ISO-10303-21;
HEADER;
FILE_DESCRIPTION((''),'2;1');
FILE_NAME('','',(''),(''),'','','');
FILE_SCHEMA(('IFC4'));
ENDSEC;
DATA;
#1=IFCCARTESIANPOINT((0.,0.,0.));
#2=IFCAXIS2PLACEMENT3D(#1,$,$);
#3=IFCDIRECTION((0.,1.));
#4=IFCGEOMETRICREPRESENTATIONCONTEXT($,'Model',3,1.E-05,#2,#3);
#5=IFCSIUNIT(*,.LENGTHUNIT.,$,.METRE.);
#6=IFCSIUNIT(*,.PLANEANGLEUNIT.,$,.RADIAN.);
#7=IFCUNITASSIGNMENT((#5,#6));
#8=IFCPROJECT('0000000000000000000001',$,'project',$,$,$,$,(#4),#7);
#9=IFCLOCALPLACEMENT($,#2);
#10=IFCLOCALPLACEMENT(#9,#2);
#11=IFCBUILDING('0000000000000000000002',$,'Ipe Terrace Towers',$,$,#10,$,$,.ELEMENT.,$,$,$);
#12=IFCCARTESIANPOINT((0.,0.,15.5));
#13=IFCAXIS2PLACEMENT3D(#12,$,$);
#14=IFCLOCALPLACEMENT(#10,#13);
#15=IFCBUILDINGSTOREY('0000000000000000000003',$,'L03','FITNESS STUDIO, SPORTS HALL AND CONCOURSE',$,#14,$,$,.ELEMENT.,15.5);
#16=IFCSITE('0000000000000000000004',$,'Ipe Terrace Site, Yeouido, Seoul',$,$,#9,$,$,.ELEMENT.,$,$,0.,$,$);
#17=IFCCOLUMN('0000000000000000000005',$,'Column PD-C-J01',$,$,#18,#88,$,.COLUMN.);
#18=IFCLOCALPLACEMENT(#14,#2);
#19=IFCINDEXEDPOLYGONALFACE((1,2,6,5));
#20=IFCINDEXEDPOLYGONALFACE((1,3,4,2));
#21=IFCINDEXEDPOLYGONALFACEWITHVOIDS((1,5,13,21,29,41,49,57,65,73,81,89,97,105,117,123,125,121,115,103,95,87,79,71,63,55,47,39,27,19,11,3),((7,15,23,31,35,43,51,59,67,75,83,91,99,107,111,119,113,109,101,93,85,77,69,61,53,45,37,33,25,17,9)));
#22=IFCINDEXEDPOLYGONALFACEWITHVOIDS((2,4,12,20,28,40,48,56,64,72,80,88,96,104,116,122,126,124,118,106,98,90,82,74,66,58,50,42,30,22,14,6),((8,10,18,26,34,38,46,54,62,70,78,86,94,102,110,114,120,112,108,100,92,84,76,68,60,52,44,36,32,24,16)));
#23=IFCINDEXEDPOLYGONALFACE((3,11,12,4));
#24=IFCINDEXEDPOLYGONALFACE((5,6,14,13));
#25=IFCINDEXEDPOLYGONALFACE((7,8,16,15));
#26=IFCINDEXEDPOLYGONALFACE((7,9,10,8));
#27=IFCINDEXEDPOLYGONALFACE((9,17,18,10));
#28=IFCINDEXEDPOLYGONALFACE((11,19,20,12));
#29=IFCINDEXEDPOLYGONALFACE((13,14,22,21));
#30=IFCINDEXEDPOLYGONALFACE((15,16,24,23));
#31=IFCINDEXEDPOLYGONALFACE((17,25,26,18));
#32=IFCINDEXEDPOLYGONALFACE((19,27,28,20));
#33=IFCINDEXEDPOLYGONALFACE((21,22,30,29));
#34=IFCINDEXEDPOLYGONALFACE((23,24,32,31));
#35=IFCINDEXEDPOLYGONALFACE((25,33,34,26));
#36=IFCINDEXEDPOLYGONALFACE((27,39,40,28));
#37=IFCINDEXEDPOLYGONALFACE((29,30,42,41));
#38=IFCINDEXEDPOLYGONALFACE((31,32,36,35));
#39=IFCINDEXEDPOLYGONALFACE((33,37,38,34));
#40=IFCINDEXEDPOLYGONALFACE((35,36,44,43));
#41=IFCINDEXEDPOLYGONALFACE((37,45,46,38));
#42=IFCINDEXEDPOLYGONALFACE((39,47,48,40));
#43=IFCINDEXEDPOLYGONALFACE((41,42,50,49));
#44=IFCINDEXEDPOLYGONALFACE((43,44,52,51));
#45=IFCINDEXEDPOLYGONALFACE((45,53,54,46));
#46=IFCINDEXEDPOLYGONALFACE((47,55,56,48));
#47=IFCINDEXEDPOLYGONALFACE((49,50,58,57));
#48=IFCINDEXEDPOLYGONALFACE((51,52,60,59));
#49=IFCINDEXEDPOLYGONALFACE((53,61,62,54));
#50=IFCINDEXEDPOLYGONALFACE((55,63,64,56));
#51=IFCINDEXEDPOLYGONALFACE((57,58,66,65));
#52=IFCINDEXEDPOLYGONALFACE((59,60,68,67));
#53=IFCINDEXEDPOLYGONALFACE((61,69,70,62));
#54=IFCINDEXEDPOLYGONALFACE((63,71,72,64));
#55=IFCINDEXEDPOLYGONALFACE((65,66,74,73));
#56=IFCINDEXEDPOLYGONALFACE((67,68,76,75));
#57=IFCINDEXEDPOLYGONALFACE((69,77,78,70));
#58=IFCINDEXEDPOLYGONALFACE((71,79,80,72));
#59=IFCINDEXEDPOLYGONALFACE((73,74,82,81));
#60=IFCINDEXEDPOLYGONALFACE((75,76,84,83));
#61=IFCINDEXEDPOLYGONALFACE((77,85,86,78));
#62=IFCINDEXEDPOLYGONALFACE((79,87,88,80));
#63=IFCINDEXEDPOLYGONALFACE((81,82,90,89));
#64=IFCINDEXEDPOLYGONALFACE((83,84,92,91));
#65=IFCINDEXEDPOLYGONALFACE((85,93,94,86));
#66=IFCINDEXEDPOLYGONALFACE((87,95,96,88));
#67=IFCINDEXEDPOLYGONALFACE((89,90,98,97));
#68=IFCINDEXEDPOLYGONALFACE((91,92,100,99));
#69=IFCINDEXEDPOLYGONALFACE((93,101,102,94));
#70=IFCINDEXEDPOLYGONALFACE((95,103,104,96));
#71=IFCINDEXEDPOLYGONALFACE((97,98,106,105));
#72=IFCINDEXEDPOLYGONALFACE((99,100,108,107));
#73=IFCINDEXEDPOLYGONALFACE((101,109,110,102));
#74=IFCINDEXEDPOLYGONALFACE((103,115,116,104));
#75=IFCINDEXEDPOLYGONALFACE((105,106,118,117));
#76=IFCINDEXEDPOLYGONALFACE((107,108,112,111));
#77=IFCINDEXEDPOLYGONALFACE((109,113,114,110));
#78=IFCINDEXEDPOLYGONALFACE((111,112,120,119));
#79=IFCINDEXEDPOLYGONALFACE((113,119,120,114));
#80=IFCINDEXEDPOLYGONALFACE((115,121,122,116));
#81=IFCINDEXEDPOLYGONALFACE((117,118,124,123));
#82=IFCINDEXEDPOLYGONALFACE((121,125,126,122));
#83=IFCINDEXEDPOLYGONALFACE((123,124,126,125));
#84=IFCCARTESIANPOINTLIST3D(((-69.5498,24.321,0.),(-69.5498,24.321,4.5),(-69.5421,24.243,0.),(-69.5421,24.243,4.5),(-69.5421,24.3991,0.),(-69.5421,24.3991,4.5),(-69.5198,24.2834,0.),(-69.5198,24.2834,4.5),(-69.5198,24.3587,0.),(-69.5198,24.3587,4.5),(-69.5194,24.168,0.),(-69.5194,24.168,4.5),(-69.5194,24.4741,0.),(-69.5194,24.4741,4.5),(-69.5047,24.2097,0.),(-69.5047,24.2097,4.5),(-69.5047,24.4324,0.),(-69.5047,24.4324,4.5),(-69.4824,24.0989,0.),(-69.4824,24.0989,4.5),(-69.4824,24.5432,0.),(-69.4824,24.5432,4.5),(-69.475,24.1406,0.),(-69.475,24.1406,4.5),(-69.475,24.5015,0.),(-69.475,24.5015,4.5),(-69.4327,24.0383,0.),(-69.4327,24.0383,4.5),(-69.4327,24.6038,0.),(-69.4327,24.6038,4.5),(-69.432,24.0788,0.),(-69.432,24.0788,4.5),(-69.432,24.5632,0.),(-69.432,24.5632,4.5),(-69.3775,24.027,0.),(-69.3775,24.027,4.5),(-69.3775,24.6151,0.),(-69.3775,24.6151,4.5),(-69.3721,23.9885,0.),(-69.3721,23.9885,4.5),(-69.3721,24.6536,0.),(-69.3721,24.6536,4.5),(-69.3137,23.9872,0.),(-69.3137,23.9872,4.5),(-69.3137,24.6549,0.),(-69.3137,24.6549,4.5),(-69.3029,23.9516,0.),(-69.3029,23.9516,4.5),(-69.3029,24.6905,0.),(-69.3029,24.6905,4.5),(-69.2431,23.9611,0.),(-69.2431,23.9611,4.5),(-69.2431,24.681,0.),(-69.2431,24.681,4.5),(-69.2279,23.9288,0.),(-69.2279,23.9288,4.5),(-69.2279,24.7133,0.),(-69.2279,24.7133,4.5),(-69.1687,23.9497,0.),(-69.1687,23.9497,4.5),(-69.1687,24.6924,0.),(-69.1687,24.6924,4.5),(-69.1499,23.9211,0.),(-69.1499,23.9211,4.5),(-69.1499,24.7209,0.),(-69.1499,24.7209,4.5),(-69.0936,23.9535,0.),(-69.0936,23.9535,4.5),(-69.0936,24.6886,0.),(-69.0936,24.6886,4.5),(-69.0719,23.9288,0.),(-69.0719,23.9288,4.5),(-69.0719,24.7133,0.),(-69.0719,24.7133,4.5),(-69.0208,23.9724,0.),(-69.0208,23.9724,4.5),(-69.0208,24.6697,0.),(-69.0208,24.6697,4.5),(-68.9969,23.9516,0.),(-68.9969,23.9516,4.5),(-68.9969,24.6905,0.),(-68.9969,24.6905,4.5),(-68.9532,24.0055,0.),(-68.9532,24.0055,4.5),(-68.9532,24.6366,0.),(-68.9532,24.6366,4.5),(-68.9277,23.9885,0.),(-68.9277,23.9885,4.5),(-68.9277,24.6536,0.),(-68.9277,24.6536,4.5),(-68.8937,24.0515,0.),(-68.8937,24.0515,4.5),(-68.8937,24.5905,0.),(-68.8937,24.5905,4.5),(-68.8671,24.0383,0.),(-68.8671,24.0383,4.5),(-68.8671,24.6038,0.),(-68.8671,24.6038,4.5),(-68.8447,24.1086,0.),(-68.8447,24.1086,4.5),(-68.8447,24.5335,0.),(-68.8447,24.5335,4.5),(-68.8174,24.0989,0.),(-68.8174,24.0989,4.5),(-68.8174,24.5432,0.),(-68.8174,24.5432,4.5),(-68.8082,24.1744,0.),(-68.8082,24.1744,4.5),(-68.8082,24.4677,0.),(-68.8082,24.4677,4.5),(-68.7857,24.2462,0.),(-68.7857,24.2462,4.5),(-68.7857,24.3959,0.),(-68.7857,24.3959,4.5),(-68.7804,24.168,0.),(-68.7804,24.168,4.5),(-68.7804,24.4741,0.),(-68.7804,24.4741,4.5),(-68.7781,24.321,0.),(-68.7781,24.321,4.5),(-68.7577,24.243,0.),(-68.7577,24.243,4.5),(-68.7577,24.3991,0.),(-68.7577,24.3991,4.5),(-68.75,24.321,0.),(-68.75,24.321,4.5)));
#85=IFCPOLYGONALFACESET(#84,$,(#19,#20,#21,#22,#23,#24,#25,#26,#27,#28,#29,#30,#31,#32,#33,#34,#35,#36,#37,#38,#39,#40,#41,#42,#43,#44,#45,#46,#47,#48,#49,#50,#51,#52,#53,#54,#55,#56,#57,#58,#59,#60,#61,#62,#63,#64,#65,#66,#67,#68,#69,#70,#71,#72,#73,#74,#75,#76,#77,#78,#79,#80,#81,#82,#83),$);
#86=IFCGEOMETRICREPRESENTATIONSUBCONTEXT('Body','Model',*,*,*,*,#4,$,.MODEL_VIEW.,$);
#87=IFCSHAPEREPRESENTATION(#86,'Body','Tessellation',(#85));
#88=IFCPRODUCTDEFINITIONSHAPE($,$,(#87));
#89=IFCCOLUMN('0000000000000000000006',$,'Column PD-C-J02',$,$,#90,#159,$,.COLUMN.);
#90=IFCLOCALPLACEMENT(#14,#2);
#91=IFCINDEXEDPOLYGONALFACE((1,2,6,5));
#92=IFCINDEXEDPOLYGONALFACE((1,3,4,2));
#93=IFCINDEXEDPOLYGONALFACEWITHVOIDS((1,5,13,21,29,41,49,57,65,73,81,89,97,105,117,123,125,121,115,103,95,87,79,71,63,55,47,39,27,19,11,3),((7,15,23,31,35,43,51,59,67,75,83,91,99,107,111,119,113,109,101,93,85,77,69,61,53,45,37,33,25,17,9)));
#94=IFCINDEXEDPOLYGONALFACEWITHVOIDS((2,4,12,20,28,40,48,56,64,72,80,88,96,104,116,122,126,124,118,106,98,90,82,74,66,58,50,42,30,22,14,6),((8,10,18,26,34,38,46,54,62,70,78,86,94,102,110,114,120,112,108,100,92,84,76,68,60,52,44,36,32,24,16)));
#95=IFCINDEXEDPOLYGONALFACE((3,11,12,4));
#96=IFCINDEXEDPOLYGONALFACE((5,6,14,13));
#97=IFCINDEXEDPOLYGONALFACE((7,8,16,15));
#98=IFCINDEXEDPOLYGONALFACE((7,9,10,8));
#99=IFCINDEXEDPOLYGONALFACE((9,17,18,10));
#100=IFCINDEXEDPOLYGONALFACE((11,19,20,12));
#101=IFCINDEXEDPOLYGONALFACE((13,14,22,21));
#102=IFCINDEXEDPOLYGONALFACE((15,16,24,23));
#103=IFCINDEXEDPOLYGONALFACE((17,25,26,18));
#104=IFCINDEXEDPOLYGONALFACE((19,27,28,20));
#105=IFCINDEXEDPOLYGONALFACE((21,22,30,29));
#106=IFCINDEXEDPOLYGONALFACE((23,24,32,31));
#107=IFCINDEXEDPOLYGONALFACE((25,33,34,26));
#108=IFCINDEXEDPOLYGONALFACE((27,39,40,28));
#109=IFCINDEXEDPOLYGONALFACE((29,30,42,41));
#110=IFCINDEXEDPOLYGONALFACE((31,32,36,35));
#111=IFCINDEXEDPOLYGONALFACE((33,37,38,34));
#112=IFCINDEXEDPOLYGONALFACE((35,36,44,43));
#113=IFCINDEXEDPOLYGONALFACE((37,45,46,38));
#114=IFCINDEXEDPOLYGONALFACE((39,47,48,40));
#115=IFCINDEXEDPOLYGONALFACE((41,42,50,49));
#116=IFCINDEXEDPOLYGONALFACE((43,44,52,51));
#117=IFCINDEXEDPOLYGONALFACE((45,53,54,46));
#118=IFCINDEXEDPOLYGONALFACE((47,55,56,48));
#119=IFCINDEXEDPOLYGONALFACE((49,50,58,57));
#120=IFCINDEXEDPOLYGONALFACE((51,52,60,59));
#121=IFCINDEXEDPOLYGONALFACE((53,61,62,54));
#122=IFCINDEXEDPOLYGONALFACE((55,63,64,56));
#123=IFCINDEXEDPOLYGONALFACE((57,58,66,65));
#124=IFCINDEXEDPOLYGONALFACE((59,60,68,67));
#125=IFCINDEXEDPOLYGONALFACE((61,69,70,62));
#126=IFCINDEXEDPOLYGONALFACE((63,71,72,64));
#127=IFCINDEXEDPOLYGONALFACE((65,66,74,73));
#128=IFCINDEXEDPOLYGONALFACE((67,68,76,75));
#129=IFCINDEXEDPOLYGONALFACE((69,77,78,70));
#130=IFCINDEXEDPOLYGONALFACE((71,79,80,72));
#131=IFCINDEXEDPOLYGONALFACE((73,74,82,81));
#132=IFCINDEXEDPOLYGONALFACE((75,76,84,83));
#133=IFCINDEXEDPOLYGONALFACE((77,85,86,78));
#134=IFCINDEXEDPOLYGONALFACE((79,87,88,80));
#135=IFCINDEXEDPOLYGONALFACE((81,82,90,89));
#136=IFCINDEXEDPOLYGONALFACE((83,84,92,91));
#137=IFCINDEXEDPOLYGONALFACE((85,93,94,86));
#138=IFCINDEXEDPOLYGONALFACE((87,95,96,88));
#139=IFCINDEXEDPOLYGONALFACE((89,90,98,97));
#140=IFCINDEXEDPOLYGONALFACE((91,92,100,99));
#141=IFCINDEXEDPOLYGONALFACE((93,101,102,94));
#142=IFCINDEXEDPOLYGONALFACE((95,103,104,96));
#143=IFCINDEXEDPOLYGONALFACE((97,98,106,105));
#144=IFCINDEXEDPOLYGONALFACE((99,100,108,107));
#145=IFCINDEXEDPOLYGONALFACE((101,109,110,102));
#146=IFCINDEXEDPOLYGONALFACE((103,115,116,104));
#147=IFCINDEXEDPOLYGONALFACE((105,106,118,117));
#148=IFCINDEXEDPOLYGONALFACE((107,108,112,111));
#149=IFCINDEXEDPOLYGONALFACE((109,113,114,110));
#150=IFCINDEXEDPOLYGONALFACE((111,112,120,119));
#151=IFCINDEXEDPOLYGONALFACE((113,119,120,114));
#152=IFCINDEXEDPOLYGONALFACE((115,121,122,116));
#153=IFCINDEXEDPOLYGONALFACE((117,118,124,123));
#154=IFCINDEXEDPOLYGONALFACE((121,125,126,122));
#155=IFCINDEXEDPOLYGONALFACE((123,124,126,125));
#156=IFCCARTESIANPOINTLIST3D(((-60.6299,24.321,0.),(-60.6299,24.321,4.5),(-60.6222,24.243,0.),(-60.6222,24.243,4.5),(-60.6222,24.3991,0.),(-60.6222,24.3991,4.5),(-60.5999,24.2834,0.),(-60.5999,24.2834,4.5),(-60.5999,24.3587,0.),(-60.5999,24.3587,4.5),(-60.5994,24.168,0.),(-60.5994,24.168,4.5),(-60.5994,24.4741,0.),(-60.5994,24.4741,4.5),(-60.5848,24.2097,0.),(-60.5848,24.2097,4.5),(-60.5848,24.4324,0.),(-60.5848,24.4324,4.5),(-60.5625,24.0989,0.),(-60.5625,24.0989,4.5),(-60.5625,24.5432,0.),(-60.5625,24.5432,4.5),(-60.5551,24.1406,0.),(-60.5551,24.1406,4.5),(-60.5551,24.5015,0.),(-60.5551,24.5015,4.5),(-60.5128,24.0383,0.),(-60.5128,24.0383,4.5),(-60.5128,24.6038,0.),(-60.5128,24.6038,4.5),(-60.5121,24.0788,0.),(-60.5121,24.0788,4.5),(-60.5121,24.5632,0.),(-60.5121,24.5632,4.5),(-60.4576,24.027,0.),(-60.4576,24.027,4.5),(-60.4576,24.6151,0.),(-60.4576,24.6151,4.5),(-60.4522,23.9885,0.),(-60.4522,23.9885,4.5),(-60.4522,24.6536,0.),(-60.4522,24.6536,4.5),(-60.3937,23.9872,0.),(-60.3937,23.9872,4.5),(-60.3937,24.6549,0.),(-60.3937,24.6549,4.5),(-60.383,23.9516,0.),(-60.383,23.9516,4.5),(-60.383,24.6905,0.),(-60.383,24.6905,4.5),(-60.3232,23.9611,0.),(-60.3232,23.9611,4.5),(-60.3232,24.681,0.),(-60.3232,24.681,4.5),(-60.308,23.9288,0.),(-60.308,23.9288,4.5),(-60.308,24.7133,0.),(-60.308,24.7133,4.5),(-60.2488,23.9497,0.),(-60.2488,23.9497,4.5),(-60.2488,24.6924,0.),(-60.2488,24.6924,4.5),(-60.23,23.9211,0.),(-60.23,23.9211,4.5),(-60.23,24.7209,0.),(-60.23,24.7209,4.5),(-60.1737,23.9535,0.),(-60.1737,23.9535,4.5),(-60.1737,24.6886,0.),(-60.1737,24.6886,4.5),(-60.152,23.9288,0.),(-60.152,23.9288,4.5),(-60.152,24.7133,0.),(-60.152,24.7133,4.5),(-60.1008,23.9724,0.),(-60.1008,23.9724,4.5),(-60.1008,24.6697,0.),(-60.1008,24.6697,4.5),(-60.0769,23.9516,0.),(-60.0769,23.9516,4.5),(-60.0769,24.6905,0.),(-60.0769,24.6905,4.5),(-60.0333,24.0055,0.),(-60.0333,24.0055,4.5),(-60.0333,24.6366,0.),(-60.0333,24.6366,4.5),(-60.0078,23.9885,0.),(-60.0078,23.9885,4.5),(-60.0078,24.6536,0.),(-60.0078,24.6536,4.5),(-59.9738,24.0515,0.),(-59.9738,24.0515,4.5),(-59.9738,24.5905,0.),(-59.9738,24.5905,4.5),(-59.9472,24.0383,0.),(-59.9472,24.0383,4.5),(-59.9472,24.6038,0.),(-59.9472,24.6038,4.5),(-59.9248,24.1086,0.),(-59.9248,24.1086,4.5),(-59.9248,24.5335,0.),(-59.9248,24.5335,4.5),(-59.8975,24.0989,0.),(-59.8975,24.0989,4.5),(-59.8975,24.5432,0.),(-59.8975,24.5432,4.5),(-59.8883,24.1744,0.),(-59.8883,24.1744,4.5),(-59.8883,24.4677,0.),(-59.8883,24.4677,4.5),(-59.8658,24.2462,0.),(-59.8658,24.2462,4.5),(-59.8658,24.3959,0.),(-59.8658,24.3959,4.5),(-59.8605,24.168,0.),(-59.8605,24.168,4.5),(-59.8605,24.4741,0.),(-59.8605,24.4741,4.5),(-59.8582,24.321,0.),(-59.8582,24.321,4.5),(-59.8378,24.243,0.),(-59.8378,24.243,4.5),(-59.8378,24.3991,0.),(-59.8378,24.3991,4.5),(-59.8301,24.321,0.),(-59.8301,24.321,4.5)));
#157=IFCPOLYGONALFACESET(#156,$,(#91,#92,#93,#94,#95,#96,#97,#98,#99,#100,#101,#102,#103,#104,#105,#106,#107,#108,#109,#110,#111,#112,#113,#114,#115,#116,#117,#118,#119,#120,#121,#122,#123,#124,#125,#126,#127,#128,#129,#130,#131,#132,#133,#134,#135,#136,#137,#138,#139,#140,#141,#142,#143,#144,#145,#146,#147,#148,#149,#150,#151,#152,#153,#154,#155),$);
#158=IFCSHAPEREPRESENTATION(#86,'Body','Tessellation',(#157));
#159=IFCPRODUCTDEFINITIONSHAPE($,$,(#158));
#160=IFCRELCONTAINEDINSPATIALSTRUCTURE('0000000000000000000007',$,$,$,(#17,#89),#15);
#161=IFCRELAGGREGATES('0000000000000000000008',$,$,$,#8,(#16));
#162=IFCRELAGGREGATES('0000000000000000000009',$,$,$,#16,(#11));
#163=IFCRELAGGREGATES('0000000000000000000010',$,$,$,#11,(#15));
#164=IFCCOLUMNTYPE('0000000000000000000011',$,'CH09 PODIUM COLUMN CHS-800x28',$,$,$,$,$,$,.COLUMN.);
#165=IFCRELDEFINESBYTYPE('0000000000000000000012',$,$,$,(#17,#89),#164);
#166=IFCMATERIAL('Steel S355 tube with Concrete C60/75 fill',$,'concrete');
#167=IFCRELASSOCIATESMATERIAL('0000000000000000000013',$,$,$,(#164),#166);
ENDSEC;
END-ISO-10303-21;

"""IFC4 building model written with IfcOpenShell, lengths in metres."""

from ifc_helpers import new_model, si_unit, direction, frame, origin, origin_2d, place, context, subcontext, project, spatial, hollow_circle, extrude, material, material_profile, profile_set, type_object, element, save


model = new_model("IFC4")

# Units and contexts
model_context = context("Model", 3, precision=1e-05, world=origin(), true_north=direction((0.0, 1.0)))
body_context = subcontext(model_context, "Body", "Model", "MODEL_VIEW")
ifc_project = project(units=[si_unit("LENGTHUNIT", "METRE"), si_unit("PLANEANGLEUNIT", "RADIAN")], contexts=[model_context])

# Site, building, storey
site_placement = place(None, origin())
site = spatial("IfcSite", under=ifc_project, at=site_placement, Name="Ipe Terrace Site, Yeouido, Seoul", CompositionType="ELEMENT", RefElevation=0.0)
building_placement = place(site_placement, origin())
building = spatial("IfcBuilding", under=site, at=building_placement, Name="Ipe Terrace Towers", CompositionType="ELEMENT")
storey_placement = place(building_placement, frame((0.0, 0.0, 15.5)))
storey = spatial("IfcBuildingStorey", under=building, at=storey_placement, Name="L03", Description="FITNESS STUDIO, SPORTS HALL AND CONCOURSE", CompositionType="ELEMENT", Elevation=15.5)

# Columns
ifc_material_1 = material(Name="Steel S355 tube with Concrete C60/75 fill", Category="concrete")
ifc_material_profile_1 = material_profile(ifc_material_1, hollow_circle(Radius=0.3999, WallThickness=0.0281, at=origin_2d()), Name="CHS-800x28")
ifc_profile_set_1 = profile_set([ifc_material_profile_1], Name="Steel S355 tube with Concrete C60/75 fill")
column_type = type_object("IfcColumnType", Name="CH09 PODIUM COLUMN CHS-800x28", PredefinedType="COLUMN", material=ifc_profile_set_1)
for number, where, z_axis, x_axis, name in (
    (1, (-69.1499, 24.321, 0.0), (0.0, 0.0, 1.0), (1.0, 0.0, 0.0), "Column PD-C-J01"),
    (2, (-60.23, 24.321, 0.0), (0.0, 0.0, 1.0), (1.0, 0.0, 0.0), "Column PD-C-J02"),
):
    element("IfcColumn", number, at=place(storey_placement, frame(where, z_axis=z_axis, x_axis=x_axis)), inside=storey, type_object=column_type, Name=name, PredefinedType="COLUMN", context=body_context, shape_type="SweptSolid", body=[
        extrude(hollow_circle(Radius=0.3999, WallThickness=0.0281, at=origin_2d()), origin(), (0.0, 0.0, 1.0), 4.5),
    ])

save(model, "model.ifc")
